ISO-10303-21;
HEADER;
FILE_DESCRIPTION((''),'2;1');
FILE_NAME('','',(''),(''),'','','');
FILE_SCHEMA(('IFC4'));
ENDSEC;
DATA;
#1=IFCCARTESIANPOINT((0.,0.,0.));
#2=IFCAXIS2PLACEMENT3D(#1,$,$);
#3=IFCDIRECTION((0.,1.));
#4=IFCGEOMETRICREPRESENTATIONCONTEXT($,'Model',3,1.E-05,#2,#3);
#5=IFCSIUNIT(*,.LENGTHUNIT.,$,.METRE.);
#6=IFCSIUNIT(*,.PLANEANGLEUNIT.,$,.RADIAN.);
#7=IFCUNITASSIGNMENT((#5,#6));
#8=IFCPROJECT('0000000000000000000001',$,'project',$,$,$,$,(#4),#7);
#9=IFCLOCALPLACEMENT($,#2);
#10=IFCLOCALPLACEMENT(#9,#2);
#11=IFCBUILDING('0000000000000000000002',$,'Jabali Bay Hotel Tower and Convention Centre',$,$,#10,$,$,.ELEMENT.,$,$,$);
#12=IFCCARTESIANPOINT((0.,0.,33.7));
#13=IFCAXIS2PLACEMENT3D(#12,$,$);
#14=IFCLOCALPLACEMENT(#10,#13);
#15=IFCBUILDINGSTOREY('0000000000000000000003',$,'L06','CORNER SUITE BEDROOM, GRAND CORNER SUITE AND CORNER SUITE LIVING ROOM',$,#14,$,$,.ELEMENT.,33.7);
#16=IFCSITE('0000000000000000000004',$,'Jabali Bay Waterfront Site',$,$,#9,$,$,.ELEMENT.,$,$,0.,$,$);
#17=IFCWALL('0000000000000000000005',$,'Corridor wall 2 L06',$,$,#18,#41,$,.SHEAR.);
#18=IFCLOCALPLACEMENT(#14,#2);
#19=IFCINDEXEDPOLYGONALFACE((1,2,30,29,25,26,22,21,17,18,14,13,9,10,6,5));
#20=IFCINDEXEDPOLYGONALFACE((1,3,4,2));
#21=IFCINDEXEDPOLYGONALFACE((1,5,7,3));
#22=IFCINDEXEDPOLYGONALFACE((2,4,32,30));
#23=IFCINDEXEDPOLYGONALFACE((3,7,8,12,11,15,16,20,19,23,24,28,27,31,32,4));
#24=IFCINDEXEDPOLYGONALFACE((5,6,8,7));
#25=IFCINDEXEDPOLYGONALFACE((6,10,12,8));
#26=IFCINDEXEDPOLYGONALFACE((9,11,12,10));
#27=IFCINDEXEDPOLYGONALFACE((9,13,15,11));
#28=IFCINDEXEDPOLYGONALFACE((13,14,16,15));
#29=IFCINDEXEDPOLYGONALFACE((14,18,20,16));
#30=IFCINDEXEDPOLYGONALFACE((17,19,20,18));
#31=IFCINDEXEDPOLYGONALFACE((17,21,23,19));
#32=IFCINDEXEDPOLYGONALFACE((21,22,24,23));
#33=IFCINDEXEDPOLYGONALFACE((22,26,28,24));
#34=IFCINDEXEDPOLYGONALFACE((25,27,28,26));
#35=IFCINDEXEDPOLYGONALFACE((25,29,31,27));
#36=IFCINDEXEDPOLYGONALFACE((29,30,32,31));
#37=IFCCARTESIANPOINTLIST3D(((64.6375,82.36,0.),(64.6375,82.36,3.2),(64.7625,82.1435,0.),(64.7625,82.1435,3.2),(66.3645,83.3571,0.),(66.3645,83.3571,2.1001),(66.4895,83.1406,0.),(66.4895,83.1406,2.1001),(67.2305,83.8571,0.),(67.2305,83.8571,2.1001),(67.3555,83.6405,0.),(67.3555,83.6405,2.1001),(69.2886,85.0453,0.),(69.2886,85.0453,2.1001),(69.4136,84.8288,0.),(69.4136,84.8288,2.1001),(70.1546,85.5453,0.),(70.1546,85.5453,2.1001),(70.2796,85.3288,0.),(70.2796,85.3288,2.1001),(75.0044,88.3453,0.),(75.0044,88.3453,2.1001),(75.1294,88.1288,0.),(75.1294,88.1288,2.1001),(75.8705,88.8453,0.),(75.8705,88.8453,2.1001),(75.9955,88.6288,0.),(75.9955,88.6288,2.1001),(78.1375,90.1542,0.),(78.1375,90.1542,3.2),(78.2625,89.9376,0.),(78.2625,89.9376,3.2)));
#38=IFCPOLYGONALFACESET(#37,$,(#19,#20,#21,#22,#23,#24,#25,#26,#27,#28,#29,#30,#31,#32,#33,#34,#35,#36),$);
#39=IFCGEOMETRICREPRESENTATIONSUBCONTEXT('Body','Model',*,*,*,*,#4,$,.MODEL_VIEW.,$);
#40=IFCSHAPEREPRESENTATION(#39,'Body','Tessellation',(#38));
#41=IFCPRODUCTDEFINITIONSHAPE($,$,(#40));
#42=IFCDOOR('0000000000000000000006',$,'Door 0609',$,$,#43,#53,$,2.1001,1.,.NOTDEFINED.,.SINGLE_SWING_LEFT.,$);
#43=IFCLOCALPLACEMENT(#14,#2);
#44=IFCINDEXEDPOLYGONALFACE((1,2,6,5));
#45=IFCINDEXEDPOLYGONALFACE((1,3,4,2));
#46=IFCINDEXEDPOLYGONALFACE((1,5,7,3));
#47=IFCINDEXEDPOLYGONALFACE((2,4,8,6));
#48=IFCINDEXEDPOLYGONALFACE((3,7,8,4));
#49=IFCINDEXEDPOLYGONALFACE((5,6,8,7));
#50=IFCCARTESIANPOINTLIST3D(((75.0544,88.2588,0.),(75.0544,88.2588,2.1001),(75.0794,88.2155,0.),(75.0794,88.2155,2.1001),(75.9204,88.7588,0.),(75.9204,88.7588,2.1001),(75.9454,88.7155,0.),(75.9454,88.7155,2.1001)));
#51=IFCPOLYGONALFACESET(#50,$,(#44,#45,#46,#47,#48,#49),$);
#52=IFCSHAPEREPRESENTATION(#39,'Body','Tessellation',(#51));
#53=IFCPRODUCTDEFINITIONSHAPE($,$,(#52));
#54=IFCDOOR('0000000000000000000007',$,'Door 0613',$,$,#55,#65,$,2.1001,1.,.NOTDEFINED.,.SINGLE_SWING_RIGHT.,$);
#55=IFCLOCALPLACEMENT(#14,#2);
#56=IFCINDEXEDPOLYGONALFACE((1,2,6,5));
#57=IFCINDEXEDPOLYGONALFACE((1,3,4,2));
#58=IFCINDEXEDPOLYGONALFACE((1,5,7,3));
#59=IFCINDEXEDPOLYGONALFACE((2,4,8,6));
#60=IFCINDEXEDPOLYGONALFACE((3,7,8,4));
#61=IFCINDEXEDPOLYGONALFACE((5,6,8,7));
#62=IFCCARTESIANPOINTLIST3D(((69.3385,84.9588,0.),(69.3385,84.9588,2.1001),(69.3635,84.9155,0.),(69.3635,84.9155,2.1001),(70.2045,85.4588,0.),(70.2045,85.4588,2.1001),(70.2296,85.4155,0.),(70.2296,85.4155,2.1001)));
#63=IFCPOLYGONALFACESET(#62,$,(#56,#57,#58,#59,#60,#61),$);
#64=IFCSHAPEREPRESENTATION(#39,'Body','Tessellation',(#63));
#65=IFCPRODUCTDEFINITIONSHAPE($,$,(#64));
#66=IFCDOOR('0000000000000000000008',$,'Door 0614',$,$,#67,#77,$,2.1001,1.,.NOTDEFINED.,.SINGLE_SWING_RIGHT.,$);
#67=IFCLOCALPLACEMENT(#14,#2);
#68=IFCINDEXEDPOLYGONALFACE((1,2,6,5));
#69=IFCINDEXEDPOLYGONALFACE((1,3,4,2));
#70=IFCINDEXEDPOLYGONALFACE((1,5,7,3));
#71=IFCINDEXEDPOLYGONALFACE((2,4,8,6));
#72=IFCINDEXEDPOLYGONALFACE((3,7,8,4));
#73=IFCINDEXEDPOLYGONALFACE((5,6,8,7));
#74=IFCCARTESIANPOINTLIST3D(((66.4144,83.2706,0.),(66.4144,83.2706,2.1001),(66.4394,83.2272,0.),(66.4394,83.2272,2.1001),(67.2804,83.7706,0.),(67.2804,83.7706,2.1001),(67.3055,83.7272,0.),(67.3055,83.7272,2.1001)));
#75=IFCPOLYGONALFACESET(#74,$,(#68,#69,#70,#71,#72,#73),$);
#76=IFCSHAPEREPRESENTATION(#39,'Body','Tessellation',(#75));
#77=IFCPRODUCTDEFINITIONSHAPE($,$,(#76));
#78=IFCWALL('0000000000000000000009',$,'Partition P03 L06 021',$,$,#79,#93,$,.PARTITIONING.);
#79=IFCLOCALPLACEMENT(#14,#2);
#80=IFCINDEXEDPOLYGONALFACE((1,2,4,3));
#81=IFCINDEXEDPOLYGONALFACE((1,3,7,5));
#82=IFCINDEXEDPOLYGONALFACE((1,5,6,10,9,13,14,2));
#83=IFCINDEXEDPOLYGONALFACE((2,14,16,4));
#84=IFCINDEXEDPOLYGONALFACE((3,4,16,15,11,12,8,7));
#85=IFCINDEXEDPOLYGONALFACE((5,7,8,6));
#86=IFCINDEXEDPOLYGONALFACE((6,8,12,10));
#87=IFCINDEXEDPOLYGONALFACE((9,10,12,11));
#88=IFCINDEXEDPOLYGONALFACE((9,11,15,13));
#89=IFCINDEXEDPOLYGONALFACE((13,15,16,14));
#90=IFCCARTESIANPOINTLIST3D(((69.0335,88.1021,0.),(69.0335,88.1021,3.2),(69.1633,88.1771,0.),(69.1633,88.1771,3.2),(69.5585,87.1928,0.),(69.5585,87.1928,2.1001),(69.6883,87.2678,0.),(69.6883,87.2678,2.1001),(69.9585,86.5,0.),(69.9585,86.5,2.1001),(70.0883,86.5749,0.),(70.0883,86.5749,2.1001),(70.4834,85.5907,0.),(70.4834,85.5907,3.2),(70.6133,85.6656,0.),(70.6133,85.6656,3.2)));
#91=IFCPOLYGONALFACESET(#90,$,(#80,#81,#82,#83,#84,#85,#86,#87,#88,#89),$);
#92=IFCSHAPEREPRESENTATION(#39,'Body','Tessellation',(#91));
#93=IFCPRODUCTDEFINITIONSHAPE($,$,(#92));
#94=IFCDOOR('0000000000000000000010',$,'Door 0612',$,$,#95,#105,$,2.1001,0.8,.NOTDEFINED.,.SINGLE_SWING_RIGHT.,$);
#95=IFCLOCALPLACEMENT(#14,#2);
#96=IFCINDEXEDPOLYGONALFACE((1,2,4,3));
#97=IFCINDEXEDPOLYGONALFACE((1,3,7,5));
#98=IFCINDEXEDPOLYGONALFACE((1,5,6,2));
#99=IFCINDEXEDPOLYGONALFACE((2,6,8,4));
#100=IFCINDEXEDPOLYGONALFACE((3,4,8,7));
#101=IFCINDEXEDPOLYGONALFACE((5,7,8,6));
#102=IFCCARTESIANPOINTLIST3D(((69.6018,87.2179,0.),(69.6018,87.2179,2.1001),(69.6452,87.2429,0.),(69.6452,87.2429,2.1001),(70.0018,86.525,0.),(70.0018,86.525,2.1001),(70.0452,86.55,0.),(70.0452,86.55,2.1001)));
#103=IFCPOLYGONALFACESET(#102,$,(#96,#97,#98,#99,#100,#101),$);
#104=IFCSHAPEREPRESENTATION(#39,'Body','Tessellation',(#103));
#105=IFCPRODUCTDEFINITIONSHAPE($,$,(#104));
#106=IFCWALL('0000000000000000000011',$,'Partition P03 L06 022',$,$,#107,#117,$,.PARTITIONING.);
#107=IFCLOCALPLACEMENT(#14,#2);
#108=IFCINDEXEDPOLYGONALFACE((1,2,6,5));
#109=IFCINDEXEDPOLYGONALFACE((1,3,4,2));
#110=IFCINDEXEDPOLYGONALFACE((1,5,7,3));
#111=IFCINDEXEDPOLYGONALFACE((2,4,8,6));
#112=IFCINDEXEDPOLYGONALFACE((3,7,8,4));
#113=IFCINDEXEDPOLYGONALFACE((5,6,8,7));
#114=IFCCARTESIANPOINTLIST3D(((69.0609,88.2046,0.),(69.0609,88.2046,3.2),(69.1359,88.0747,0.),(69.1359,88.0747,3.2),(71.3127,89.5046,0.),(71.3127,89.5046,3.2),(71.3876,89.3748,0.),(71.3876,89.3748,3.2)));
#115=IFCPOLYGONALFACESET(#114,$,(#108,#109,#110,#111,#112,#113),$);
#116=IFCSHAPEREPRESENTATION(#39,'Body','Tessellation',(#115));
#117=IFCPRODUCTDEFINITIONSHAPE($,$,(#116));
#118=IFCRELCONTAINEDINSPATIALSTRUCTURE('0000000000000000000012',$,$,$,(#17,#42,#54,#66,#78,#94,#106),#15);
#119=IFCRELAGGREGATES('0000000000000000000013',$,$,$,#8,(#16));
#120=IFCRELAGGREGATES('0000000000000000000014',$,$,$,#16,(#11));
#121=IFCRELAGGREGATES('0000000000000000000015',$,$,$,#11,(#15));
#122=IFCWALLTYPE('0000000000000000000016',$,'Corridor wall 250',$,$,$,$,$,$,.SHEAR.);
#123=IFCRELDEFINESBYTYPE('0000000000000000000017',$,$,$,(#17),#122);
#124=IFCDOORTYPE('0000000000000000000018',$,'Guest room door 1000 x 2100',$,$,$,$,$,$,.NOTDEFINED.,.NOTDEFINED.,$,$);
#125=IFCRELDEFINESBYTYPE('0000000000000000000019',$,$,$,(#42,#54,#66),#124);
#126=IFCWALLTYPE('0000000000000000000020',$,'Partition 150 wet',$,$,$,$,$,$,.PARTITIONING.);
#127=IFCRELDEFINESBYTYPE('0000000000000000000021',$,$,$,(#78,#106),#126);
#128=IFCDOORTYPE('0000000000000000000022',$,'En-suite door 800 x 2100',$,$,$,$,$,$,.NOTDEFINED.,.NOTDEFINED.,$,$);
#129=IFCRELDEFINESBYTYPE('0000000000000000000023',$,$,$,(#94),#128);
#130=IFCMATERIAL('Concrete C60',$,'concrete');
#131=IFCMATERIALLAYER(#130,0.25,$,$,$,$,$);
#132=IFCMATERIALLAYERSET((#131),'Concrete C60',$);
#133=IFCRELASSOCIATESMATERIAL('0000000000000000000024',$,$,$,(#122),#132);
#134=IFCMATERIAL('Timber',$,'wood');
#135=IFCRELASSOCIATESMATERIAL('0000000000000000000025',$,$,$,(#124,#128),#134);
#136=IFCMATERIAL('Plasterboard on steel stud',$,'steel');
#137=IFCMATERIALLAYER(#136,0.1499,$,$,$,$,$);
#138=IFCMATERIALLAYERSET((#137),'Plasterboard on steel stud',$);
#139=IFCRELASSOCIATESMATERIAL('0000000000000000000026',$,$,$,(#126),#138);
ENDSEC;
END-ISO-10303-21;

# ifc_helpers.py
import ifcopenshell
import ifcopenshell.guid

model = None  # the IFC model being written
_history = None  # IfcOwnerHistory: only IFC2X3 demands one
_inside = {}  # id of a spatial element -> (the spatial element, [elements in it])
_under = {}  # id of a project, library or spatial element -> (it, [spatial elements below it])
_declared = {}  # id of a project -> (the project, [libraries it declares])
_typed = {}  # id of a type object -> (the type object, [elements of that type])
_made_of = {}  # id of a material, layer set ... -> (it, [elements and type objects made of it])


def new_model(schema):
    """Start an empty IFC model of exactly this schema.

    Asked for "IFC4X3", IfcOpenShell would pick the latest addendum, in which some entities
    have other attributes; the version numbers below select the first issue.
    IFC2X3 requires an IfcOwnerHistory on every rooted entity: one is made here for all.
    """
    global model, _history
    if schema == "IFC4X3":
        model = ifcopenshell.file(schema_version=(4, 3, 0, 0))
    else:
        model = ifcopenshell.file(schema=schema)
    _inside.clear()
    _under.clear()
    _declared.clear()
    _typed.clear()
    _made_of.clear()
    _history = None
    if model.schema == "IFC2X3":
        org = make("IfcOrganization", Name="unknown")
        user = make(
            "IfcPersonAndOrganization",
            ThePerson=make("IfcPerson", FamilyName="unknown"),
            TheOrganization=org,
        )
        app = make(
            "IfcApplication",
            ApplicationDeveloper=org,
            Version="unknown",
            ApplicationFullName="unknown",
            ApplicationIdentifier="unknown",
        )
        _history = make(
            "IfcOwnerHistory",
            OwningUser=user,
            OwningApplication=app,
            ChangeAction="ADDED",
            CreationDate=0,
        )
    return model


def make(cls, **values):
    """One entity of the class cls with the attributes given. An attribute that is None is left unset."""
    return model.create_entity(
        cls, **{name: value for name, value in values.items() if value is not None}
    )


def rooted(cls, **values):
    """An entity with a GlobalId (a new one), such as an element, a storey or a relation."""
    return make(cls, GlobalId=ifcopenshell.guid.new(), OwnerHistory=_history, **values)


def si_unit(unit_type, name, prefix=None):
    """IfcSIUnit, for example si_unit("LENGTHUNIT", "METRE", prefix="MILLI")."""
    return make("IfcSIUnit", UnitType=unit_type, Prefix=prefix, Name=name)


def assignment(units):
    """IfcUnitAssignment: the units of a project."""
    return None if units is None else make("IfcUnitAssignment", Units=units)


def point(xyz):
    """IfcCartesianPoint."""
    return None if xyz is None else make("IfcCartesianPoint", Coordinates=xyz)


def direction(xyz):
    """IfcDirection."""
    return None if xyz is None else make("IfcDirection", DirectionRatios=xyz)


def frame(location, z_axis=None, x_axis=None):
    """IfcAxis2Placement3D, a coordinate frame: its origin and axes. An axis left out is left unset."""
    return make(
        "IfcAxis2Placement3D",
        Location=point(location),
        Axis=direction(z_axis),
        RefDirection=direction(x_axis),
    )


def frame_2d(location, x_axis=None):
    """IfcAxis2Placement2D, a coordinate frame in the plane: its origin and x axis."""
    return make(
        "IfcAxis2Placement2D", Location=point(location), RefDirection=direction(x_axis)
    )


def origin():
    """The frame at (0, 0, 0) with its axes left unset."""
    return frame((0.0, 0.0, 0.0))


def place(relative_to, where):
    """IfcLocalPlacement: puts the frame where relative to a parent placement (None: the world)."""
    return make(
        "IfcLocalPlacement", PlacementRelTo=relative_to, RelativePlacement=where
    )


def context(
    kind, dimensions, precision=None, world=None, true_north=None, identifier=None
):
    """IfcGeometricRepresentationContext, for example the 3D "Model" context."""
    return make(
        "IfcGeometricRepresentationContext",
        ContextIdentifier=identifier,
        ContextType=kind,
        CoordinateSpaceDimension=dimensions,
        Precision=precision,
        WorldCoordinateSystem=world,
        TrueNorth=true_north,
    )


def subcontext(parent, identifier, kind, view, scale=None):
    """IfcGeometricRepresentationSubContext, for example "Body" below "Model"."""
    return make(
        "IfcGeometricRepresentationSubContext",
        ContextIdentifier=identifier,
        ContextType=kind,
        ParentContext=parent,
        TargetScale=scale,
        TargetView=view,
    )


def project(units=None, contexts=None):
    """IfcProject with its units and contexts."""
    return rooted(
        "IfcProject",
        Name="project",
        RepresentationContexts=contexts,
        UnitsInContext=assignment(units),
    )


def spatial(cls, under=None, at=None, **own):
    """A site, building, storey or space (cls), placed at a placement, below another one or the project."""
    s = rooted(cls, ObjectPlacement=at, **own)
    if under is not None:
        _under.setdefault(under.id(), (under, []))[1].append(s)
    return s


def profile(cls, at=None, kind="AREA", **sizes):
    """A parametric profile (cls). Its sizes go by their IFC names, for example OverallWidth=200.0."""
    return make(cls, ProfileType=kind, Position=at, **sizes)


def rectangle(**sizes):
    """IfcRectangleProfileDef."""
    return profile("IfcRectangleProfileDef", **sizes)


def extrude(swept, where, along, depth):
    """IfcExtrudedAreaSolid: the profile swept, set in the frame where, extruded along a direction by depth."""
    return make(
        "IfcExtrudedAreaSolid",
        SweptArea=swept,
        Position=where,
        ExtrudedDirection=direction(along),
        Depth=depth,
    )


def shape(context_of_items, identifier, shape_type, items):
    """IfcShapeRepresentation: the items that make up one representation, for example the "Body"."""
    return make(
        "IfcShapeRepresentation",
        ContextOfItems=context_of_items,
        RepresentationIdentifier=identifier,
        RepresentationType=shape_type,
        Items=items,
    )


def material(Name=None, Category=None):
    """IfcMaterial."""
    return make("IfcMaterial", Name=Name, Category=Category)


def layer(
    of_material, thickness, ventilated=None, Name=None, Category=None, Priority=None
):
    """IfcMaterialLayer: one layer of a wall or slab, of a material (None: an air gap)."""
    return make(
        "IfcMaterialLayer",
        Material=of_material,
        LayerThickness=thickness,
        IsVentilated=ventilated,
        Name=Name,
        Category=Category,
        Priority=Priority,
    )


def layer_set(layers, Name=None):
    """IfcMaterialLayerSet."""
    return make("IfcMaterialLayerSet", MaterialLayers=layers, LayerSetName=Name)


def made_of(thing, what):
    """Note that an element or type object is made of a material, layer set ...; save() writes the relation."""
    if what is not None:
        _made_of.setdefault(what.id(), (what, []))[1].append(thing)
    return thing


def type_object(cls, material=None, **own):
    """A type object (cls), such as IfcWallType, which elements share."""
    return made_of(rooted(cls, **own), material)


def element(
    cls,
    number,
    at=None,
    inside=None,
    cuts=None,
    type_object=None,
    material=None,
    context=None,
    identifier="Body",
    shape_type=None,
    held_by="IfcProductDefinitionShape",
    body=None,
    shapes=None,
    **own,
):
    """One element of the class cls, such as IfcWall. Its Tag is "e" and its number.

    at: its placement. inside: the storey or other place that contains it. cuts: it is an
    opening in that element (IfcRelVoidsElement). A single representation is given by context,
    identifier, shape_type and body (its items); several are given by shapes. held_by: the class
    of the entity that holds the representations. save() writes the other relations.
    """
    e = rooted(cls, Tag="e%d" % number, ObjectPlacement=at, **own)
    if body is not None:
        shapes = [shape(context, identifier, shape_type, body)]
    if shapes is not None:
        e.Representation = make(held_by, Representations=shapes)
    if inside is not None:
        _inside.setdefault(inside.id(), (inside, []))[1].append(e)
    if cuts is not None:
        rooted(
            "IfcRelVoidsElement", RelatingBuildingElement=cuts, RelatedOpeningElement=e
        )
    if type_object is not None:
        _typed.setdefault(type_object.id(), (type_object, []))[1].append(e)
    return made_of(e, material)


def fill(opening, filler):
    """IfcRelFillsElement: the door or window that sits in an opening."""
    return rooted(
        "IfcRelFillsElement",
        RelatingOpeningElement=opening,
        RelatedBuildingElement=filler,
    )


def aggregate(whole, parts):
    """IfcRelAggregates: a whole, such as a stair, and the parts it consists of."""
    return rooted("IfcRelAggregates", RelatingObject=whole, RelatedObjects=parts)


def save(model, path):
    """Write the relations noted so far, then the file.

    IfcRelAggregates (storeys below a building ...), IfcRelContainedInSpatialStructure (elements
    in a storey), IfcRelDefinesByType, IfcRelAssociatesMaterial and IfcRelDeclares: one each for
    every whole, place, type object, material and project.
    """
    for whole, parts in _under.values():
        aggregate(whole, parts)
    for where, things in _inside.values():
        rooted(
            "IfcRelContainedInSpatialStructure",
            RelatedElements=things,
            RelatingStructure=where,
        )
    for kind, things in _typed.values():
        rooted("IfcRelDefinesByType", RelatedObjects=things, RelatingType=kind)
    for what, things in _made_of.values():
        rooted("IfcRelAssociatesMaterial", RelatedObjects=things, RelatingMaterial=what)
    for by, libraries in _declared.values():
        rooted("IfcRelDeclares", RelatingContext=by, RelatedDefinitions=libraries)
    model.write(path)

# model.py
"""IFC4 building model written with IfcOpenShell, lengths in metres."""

from ifc_helpers import new_model, si_unit, direction, frame, frame_2d, origin, place, context, subcontext, project, spatial, rectangle, extrude, material, layer, layer_set, type_object, element, fill, save


model = new_model("IFC4")

# Units and contexts
model_context = context("Model", 3, precision=1e-05, world=origin(), true_north=direction((0.0, 1.0)))
body_context = subcontext(model_context, "Body", "Model", "MODEL_VIEW")
ifc_project = project(units=[si_unit("LENGTHUNIT", "METRE"), si_unit("PLANEANGLEUNIT", "RADIAN")], contexts=[model_context])

# Site, building, storey
site_placement = place(None, origin())
site = spatial("IfcSite", under=ifc_project, at=site_placement, Name="Jabali Bay Waterfront Site", CompositionType="ELEMENT", RefElevation=0.0)
building_placement = place(site_placement, origin())
building = spatial("IfcBuilding", under=site, at=building_placement, Name="Jabali Bay Hotel Tower and Convention Centre", CompositionType="ELEMENT")
storey_placement = place(building_placement, frame((0.0, 0.0, 33.7)))
storey = spatial("IfcBuildingStorey", under=building, at=storey_placement, Name="L06", Description="CORNER SUITE BEDROOM, GRAND CORNER SUITE AND CORNER SUITE LIVING ROOM", CompositionType="ELEMENT", Elevation=33.7)

# Shared definitions
ifc_material_1 = material(Name="Concrete C60", Category="concrete")

# Wall, openings, doors
ifc_layer_1 = layer(ifc_material_1, 0.25)
ifc_layer_set_1 = layer_set([ifc_layer_1], Name="Concrete C60")
wall_type_1 = type_object("IfcWallType", Name="Corridor wall 250", PredefinedType="SHEAR", material=ifc_layer_set_1)
wall_1_placement = place(storey_placement, frame((78.2, 90.0459, 0.0), z_axis=(0.0, 0.0, 1.0), x_axis=(-0.866026, -0.499998, 0.0)))
wall_1 = element("IfcWall", 1, at=wall_1_placement, inside=storey, type_object=wall_type_1, Name="Corridor wall 2 L06", PredefinedType="SHEAR", context=body_context, shape_type="SweptSolid", body=[
    extrude(rectangle(XDim=15.5884, YDim=0.25, at=frame_2d((7.7942, 0.0))), origin(), (0.0, 0.0, 1.0), 3.2),
])
opening_1_placement = place(wall_1_placement, frame((2.6177, 0.0, 0.0)))
opening_1 = element("IfcOpeningElement", 2, at=opening_1_placement, cuts=wall_1, PredefinedType="OPENING", context=body_context, shape_type="SweptSolid", body=[
    extrude(rectangle(XDim=1.0, YDim=2.1001, at=frame_2d((0.5, 1.05))), frame((0.0, 0.1355, 0.0), z_axis=(0.0, -1.0, 0.0), x_axis=(1.0, 0.0, 0.0)), (0.0, 0.0, 1.0), 0.271),
])
opening_2_placement = place(wall_1_placement, frame((9.2178, 0.0, 0.0)))
opening_2 = element("IfcOpeningElement", 3, at=opening_2_placement, cuts=wall_1, PredefinedType="OPENING", context=body_context, shape_type="SweptSolid", body=[
    extrude(rectangle(XDim=1.0, YDim=2.1001, at=frame_2d((0.5, 1.05))), frame((0.0, 0.1355, 0.0), z_axis=(0.0, -1.0, 0.0), x_axis=(1.0, 0.0, 0.0)), (0.0, 0.0, 1.0), 0.271),
])
opening_3_placement = place(wall_1_placement, frame((12.5942, 0.0, 0.0)))
opening_3 = element("IfcOpeningElement", 4, at=opening_3_placement, cuts=wall_1, PredefinedType="OPENING", context=body_context, shape_type="SweptSolid", body=[
    extrude(rectangle(XDim=1.0, YDim=2.1001, at=frame_2d((0.5, 1.05))), frame((0.0, 0.1355, 0.0), z_axis=(0.0, -1.0, 0.0), x_axis=(1.0, 0.0, 0.0)), (0.0, 0.0, 1.0), 0.271),
])
ifc_material_2 = material(Name="Timber", Category="wood")
door_type_1 = type_object("IfcDoorType", Name="Guest room door 1000 x 2100", OperationType="NOTDEFINED", PredefinedType="NOTDEFINED", material=ifc_material_2)
door_1_placement = place(opening_1_placement, origin())
door_1 = element("IfcDoor", 5, at=door_1_placement, inside=storey, type_object=door_type_1, Name="Door 0609", OperationType="SINGLE_SWING_LEFT", OverallHeight=2.1001, OverallWidth=1.0, PredefinedType="NOTDEFINED", context=body_context, shape_type="SweptSolid", body=[
    extrude(rectangle(XDim=1.0, YDim=2.1001, at=frame_2d((0.5, 1.05))), frame((0.0, 0.0249, 0.0), z_axis=(0.0, -1.0, 0.0), x_axis=(1.0, 0.0, 0.0)), (0.0, 0.0, 1.0), 0.05),
])
fill(opening_1, door_1)
door_2_placement = place(opening_2_placement, origin())
door_2 = element("IfcDoor", 6, at=door_2_placement, inside=storey, type_object=door_type_1, Name="Door 0613", OperationType="SINGLE_SWING_RIGHT", OverallHeight=2.1001, OverallWidth=1.0, PredefinedType="NOTDEFINED", context=body_context, shape_type="SweptSolid", body=[
    extrude(rectangle(XDim=1.0, YDim=2.1001, at=frame_2d((0.5, 1.05))), frame((0.0, 0.0249, 0.0), z_axis=(0.0, -1.0, 0.0), x_axis=(1.0, 0.0, 0.0)), (0.0, 0.0, 1.0), 0.05),
])
fill(opening_2, door_2)
door_3_placement = place(opening_3_placement, origin())
door_3 = element("IfcDoor", 7, at=door_3_placement, inside=storey, type_object=door_type_1, Name="Door 0614", OperationType="SINGLE_SWING_RIGHT", OverallHeight=2.1001, OverallWidth=1.0, PredefinedType="NOTDEFINED", context=body_context, shape_type="SweptSolid", body=[
    extrude(rectangle(XDim=1.0, YDim=2.1001, at=frame_2d((0.5, 1.05))), frame((0.0, 0.0249, 0.0), z_axis=(0.0, -1.0, 0.0), x_axis=(1.0, 0.0, 0.0)), (0.0, 0.0, 1.0), 0.05),
])
fill(opening_3, door_3)

# Wall, opening, door
ifc_material_3 = material(Name="Plasterboard on steel stud", Category="steel")
ifc_layer_2 = layer(ifc_material_3, 0.1499)
ifc_layer_set_2 = layer_set([ifc_layer_2], Name="Plasterboard on steel stud")
wall_type_2 = type_object("IfcWallType", Name="Partition 150 wet", PredefinedType="PARTITIONING", material=ifc_layer_set_2)
wall_2_placement = place(storey_placement, frame((70.5483, 85.6282, 0.0), z_axis=(0.0, 0.0, 1.0), x_axis=(-0.499987, 0.866033, 0.0)))
wall_2 = element("IfcWall", 8, at=wall_2_placement, inside=storey, type_object=wall_type_2, Name="Partition P03 L06 021", PredefinedType="PARTITIONING", context=body_context, shape_type="SweptSolid", body=[
    extrude(rectangle(XDim=2.8999, YDim=0.1499, at=frame_2d((1.45, 0.0))), origin(), (0.0, 0.0, 1.0), 3.2),
])
opening_4_placement = place(wall_2_placement, frame((1.05, 0.0, 0.0)))
opening_4 = element("IfcOpeningElement", 9, at=opening_4_placement, cuts=wall_2, PredefinedType="OPENING", context=body_context, shape_type="SweptSolid", body=[
    extrude(rectangle(XDim=0.8, YDim=2.1001, at=frame_2d((0.3999, 1.05))), frame((0.0, 0.0854, 0.0), z_axis=(0.0, -1.0, 0.0), x_axis=(1.0, 0.0, 0.0)), (0.0, 0.0, 1.0), 0.1709),
])
door_type_2 = type_object("IfcDoorType", Name="En-suite door 800 x 2100", OperationType="NOTDEFINED", PredefinedType="NOTDEFINED", material=ifc_material_2)
door_4_placement = place(opening_4_placement, origin())
door_4 = element("IfcDoor", 10, at=door_4_placement, inside=storey, type_object=door_type_2, Name="Door 0612", OperationType="SINGLE_SWING_RIGHT", OverallHeight=2.1001, OverallWidth=0.8, PredefinedType="NOTDEFINED", context=body_context, shape_type="SweptSolid", body=[
    extrude(rectangle(XDim=0.8, YDim=2.1001, at=frame_2d((0.3999, 1.05))), frame((0.0, 0.0249, 0.0), z_axis=(0.0, -1.0, 0.0), x_axis=(1.0, 0.0, 0.0)), (0.0, 0.0, 1.0), 0.05),
])
fill(opening_4, door_4)

# Wall
wall_3_placement = place(storey_placement, frame((69.0984, 88.1396, 0.0), z_axis=(0.0, 0.0, 1.0), x_axis=(0.866021, 0.500007, 0.0)))
element("IfcWall", 11, at=wall_3_placement, inside=storey, type_object=wall_type_2, Name="Partition P03 L06 022", PredefinedType="PARTITIONING", context=body_context, shape_type="SweptSolid", body=[
    extrude(rectangle(XDim=2.6001, YDim=0.1499, at=frame_2d((1.3, 0.0))), origin(), (0.0, 0.0, 1.0), 3.2),
])

save(model, "model.ifc")
